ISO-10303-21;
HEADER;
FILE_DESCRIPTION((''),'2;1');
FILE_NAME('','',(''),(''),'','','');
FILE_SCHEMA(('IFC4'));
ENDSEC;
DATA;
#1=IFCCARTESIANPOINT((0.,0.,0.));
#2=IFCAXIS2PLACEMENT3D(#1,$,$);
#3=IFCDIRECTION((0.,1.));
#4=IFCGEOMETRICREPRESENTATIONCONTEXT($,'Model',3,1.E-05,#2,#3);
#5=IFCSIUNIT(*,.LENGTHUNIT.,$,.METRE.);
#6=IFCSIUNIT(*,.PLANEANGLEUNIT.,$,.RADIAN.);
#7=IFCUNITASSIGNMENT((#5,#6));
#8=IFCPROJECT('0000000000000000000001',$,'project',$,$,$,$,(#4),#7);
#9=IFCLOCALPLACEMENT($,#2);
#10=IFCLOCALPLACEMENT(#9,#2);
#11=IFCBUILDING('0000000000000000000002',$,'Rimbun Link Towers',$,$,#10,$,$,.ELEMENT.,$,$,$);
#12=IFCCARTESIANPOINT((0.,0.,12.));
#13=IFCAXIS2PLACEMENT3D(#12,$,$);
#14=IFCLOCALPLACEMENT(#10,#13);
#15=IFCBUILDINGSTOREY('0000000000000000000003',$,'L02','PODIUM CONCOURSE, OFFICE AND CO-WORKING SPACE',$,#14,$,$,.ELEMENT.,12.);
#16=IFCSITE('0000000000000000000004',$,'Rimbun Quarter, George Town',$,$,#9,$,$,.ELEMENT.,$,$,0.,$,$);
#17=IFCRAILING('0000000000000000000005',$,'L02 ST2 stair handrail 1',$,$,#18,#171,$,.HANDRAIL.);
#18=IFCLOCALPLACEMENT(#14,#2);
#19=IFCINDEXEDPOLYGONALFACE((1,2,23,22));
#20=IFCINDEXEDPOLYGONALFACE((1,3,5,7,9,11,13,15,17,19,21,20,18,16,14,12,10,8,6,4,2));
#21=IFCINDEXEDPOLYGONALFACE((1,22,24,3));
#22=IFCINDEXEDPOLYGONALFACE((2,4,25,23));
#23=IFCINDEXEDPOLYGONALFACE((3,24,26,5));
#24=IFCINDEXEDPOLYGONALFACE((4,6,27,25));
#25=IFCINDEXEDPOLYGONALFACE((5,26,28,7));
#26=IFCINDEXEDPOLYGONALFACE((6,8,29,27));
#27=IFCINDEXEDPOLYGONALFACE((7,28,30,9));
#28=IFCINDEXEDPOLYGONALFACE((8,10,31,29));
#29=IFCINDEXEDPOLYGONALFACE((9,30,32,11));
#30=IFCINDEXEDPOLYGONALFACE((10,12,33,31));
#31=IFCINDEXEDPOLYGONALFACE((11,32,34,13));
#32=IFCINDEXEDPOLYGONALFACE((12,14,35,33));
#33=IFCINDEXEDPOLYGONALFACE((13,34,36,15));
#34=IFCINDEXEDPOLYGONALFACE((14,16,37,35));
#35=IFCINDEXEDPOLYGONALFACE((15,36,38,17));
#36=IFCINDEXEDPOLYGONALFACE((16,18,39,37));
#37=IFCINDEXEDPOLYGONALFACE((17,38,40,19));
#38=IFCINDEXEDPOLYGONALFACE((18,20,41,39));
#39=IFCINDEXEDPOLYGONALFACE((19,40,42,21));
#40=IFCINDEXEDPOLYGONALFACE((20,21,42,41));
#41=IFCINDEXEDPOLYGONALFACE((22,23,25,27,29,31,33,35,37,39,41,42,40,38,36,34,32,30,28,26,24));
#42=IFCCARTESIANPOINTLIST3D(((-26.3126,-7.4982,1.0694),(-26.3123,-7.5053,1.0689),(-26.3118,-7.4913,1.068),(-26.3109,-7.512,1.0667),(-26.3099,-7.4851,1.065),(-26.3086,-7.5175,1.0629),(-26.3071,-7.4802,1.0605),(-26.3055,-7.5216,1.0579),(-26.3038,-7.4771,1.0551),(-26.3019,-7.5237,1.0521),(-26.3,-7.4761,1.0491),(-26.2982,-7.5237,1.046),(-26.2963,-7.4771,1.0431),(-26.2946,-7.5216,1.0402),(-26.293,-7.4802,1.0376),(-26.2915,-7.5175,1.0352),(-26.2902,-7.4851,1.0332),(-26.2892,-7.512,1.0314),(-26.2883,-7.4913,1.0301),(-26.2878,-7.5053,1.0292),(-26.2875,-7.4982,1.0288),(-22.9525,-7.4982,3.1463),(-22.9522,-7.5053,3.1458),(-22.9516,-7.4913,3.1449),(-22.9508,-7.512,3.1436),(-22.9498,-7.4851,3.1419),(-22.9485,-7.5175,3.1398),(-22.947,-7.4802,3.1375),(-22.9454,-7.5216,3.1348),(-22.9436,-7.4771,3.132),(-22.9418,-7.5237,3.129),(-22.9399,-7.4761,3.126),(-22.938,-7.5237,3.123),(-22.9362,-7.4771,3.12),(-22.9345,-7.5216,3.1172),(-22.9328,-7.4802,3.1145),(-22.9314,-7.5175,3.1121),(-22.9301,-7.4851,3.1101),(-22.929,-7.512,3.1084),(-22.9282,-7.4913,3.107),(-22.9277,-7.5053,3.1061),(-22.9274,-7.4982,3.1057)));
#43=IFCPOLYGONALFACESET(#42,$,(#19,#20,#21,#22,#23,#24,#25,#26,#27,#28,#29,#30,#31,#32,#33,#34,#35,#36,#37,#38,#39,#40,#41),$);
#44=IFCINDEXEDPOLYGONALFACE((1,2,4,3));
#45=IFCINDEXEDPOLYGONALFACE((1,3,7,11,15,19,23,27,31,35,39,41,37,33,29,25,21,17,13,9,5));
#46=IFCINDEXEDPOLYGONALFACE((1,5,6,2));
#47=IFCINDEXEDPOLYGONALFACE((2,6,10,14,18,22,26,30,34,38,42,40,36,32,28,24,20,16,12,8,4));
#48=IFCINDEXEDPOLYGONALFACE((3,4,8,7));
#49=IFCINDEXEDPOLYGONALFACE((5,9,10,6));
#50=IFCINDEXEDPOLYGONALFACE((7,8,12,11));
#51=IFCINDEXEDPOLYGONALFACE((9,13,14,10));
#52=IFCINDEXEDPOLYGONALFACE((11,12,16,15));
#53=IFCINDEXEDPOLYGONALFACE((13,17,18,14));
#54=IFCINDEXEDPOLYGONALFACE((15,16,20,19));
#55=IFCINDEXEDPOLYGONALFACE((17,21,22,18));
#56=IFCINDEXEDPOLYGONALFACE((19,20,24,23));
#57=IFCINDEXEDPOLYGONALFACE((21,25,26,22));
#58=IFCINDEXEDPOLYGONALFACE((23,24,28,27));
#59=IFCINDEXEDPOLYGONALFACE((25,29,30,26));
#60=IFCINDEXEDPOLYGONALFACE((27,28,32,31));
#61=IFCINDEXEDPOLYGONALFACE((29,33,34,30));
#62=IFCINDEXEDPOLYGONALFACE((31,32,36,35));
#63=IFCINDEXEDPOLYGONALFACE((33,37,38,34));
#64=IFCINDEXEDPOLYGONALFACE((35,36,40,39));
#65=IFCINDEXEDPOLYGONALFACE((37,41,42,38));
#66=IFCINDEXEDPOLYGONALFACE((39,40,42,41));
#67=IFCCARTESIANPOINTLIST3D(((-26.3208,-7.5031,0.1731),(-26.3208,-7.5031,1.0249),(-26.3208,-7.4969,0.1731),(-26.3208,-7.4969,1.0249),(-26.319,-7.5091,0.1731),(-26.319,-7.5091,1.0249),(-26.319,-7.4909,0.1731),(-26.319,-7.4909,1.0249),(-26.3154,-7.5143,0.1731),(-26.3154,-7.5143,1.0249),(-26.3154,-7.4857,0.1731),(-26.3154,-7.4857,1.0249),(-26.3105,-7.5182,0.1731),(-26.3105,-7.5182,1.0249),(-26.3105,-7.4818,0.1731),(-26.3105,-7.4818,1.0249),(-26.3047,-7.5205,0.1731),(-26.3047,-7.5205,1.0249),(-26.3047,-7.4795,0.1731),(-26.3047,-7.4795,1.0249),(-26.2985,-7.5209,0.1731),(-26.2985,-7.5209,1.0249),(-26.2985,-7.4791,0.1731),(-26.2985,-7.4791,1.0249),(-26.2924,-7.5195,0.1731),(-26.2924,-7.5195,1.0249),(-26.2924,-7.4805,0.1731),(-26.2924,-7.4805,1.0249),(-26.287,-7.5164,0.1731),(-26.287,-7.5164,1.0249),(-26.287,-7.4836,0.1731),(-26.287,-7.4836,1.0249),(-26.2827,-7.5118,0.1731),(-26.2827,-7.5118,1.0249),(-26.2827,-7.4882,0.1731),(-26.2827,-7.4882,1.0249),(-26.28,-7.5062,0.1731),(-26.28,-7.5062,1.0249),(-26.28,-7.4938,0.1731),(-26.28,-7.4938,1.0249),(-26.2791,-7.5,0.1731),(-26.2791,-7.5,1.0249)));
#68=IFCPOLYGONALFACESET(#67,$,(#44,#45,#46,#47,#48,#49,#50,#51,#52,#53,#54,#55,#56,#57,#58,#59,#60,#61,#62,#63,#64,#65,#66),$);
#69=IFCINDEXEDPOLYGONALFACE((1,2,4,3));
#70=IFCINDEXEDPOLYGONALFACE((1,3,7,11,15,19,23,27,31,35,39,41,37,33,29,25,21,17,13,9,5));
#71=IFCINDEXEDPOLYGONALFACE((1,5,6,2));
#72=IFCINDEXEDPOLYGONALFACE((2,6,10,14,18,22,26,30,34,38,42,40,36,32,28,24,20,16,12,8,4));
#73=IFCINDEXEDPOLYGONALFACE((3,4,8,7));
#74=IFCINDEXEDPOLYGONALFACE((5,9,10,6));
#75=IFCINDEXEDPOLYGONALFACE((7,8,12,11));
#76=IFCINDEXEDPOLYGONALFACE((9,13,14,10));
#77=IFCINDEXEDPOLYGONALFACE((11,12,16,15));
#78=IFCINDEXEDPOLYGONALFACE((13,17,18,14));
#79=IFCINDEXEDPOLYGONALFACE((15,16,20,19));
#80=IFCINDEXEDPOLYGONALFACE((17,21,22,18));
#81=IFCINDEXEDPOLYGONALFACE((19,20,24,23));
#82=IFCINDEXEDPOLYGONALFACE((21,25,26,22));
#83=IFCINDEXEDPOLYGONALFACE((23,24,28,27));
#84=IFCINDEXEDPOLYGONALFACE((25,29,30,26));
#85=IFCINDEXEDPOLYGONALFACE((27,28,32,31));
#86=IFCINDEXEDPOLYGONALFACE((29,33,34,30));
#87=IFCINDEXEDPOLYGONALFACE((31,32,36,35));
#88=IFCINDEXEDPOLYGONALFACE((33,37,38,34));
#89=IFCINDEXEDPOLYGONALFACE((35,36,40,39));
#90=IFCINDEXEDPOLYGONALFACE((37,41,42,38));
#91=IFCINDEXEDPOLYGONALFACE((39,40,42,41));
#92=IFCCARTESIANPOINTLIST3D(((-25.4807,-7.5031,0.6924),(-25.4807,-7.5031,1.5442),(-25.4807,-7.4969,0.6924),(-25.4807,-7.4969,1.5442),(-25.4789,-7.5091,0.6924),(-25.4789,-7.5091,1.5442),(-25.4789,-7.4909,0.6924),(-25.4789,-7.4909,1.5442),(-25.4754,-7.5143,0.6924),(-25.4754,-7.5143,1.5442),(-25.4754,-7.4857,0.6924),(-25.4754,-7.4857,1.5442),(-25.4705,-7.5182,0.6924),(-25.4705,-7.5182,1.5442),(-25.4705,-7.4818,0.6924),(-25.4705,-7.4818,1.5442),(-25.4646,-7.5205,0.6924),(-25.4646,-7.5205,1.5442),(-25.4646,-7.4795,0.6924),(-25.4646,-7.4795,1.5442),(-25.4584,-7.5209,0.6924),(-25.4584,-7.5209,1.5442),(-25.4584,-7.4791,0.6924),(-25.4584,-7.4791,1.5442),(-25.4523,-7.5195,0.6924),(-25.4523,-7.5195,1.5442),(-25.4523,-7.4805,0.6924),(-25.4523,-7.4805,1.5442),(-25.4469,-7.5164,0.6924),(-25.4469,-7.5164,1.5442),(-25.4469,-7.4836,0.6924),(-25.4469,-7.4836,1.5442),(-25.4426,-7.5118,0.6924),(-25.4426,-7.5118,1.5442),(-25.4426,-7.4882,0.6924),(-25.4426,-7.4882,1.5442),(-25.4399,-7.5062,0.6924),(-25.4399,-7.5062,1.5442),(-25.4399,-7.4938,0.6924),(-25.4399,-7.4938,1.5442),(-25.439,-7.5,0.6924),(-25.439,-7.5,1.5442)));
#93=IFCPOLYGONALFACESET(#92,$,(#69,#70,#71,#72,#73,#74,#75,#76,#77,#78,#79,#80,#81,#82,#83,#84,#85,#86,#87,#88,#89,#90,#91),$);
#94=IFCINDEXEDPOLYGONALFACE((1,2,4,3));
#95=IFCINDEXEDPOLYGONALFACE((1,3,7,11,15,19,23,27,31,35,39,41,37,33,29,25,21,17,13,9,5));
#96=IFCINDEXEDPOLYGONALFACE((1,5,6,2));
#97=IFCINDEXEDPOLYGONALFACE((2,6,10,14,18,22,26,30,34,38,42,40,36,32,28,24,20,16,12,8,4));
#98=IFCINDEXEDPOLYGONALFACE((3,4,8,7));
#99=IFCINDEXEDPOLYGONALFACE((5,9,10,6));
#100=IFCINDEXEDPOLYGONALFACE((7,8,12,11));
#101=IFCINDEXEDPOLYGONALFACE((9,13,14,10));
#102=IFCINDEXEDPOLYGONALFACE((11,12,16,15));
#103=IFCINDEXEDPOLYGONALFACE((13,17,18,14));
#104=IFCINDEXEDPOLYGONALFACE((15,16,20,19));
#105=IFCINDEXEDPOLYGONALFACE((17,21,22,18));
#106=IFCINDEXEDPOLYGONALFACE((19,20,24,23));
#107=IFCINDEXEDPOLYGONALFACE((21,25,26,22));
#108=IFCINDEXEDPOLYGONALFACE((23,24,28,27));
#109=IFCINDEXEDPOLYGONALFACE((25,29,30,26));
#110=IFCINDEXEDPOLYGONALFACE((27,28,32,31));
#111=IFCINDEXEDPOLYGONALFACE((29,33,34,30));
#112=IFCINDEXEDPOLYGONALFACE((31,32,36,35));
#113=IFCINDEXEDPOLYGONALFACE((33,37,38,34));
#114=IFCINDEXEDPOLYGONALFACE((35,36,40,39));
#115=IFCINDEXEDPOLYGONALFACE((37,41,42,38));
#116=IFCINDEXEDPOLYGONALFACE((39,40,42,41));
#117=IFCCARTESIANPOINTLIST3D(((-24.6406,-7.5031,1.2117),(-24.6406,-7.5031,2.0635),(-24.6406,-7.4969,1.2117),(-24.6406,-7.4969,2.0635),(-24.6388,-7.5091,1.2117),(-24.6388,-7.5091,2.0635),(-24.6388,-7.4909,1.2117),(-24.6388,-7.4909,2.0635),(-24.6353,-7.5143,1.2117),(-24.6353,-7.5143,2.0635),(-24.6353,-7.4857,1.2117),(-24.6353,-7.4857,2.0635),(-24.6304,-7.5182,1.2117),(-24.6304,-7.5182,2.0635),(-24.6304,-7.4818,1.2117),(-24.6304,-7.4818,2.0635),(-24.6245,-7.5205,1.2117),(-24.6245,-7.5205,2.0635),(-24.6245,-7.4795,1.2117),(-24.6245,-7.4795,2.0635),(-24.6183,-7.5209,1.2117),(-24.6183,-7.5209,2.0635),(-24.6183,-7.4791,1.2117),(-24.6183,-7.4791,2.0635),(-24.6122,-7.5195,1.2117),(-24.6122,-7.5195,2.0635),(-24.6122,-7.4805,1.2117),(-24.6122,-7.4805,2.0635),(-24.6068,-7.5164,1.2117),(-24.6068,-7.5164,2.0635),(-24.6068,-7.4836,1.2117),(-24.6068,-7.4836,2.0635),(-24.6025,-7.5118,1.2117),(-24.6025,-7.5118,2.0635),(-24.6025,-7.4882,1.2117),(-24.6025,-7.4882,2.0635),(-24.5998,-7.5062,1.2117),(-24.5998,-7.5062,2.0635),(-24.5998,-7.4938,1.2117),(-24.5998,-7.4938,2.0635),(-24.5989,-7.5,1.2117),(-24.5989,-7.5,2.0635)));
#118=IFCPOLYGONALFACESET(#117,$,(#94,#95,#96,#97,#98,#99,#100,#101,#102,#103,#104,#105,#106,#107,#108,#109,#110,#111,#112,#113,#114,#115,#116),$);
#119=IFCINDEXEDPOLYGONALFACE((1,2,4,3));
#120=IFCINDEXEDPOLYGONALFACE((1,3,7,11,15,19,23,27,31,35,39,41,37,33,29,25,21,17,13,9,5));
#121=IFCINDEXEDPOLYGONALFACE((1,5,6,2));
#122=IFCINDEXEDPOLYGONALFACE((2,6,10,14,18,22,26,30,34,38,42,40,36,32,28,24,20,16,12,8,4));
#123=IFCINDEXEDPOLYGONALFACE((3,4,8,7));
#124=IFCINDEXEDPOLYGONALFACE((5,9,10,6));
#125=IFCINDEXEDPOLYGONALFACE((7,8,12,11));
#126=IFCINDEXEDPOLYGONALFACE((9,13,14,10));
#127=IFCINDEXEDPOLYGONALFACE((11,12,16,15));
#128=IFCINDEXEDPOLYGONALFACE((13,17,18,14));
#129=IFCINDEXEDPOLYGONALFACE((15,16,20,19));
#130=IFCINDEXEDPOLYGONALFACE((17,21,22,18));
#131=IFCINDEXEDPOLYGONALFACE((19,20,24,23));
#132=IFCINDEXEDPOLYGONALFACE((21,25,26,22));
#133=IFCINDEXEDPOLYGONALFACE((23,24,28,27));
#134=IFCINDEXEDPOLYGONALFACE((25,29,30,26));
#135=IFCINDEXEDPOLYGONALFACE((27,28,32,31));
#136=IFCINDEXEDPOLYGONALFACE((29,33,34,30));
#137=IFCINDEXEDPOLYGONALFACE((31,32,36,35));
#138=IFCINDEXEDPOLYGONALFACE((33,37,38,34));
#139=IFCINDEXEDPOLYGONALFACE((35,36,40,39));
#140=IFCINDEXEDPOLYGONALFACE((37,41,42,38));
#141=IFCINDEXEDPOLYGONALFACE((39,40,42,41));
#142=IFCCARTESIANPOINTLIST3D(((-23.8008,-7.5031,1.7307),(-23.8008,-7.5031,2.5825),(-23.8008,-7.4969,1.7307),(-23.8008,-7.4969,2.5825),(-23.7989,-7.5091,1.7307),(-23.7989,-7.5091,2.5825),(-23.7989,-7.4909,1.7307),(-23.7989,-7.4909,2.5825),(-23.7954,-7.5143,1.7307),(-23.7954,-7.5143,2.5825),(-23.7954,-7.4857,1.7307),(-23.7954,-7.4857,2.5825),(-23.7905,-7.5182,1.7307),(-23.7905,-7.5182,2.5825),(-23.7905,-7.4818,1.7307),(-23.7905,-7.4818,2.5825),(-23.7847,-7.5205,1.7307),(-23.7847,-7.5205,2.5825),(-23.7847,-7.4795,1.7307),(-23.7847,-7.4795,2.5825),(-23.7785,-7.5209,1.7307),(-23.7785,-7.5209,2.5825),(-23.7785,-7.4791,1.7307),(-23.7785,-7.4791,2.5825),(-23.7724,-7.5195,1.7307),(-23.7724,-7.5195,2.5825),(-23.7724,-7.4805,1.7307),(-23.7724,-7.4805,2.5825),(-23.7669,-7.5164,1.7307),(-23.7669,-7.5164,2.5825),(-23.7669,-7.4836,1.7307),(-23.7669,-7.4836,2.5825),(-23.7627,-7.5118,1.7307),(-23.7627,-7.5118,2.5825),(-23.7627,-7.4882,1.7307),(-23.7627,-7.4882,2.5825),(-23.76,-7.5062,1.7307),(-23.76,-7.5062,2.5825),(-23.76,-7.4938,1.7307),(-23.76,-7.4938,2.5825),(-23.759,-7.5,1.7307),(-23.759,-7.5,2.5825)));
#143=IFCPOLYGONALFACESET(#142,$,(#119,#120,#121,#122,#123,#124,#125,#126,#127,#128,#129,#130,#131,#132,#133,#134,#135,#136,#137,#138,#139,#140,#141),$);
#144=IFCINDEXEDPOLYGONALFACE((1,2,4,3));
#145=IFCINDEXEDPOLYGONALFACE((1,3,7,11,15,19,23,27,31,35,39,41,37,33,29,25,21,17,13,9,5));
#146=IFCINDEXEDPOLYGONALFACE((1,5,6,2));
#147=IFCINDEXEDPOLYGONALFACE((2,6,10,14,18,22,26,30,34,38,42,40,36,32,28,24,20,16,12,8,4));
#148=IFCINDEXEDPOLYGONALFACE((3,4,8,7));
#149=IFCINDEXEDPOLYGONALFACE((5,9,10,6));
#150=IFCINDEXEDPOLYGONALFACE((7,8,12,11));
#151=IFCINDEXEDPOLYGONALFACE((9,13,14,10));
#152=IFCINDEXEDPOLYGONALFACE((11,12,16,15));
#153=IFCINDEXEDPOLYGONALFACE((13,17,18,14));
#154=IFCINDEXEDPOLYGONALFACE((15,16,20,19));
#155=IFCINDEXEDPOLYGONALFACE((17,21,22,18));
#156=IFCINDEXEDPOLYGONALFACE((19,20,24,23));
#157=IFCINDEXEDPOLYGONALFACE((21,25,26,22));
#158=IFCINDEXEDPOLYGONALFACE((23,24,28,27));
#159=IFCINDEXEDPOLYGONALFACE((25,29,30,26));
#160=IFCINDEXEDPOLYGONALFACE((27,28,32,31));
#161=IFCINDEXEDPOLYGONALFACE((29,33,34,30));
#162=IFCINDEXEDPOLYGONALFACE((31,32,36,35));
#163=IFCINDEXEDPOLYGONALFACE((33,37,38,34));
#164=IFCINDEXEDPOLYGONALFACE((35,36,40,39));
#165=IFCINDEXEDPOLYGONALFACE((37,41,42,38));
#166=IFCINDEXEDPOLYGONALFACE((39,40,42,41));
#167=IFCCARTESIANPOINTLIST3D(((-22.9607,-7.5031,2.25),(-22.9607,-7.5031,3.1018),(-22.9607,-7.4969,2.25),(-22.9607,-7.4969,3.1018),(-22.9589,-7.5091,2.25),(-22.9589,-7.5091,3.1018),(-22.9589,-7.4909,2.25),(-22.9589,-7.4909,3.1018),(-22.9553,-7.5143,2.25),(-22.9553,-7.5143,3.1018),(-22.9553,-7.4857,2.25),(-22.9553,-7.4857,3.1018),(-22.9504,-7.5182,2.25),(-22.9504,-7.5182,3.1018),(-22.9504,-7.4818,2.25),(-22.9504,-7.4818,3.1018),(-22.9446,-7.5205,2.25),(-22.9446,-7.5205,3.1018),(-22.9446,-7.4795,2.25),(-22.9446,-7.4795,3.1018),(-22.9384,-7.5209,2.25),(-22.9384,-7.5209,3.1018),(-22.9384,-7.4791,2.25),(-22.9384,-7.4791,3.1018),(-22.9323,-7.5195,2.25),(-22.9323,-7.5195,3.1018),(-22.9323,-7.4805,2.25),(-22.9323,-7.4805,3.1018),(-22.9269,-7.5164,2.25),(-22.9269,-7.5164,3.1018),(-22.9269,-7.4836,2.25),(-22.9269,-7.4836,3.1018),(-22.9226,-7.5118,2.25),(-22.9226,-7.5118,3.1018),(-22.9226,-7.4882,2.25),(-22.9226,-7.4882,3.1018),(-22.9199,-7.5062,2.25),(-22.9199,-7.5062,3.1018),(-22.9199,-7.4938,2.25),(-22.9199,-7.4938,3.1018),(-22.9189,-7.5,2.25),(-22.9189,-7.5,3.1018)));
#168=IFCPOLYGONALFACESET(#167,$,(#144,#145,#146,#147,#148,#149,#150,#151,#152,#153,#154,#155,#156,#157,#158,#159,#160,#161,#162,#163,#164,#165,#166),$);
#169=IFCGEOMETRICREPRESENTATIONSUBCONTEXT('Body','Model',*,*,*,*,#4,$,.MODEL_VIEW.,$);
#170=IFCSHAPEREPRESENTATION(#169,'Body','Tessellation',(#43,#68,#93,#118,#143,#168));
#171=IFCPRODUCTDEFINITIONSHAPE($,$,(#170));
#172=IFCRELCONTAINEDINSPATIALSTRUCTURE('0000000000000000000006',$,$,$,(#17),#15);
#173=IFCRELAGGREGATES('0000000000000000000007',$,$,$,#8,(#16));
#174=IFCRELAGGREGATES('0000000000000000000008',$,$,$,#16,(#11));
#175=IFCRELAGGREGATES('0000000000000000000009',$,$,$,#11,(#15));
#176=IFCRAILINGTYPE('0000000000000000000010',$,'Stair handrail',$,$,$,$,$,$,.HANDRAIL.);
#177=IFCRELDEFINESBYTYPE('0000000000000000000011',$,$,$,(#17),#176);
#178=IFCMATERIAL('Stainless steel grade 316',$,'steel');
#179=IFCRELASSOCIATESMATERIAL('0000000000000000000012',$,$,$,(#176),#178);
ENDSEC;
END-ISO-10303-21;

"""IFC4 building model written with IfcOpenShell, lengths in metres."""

from ifc_helpers import new_model, si_unit, direction, frame, origin, origin_2d, place, context, subcontext, project, spatial, circle, extrude, material, type_object, element, save


model = new_model("IFC4")

# Units and contexts
model_context = context("Model", 3, precision=1e-05, world=origin(), true_north=direction((0.0, 1.0)))
body_context = subcontext(model_context, "Body", "Model", "MODEL_VIEW")
ifc_project = project(units=[si_unit("LENGTHUNIT", "METRE"), si_unit("PLANEANGLEUNIT", "RADIAN")], contexts=[model_context])

# Site, building, storey
site_placement = place(None, origin())
site = spatial("IfcSite", under=ifc_project, at=site_placement, Name="Rimbun Quarter, George Town", CompositionType="ELEMENT", RefElevation=0.0)
building_placement = place(site_placement, origin())
building = spatial("IfcBuilding", under=site, at=building_placement, Name="Rimbun Link Towers", CompositionType="ELEMENT")
storey_placement = place(building_placement, frame((0.0, 0.0, 12.0)))
storey = spatial("IfcBuildingStorey", under=building, at=storey_placement, Name="L02", Description="PODIUM CONCOURSE, OFFICE AND CO-WORKING SPACE", CompositionType="ELEMENT", Elevation=12.0)

# Railing
ifc_material_1 = material(Name="Stainless steel grade 316", Category="steel")
railing_type_1 = type_object("IfcRailingType", Name="Stair handrail", PredefinedType="HANDRAIL", material=ifc_material_1)
railing_1_placement = place(storey_placement, frame((-26.3, -7.5, 0.1731)))
element("IfcRailing", 1, at=railing_1_placement, inside=storey, type_object=railing_type_1, Name="L02 ST2 stair handrail 1", PredefinedType="HANDRAIL", context=body_context, shape_type="SweptSolid", body=[
    extrude(circle(Radius=0.0239, at=origin_2d()), frame((0.0, 0.0, 0.876), z_axis=(0.850623, 0.0, 0.525776), x_axis=(0.0, 1.0, 0.0)), (0.0, 0.0, 1.0), 3.9502),
    extrude(circle(Radius=0.021, at=origin_2d()), origin(), (0.0, 0.0, 1.0), 0.8518),
    extrude(circle(Radius=0.021, at=origin_2d()), frame((0.8401, 0.0, 0.5193)), (0.0, 0.0, 1.0), 0.8518),
    extrude(circle(Radius=0.021, at=origin_2d()), frame((1.6802, 0.0, 1.0386)), (0.0, 0.0, 1.0), 0.8518),
    extrude(circle(Radius=0.021, at=origin_2d()), frame((2.52, 0.0, 1.5576)), (0.0, 0.0, 1.0), 0.8518),
    extrude(circle(Radius=0.021, at=origin_2d()), frame((3.3601, 0.0, 2.0769)), (0.0, 0.0, 1.0), 0.8518),
])

save(model, "model.ifc")
